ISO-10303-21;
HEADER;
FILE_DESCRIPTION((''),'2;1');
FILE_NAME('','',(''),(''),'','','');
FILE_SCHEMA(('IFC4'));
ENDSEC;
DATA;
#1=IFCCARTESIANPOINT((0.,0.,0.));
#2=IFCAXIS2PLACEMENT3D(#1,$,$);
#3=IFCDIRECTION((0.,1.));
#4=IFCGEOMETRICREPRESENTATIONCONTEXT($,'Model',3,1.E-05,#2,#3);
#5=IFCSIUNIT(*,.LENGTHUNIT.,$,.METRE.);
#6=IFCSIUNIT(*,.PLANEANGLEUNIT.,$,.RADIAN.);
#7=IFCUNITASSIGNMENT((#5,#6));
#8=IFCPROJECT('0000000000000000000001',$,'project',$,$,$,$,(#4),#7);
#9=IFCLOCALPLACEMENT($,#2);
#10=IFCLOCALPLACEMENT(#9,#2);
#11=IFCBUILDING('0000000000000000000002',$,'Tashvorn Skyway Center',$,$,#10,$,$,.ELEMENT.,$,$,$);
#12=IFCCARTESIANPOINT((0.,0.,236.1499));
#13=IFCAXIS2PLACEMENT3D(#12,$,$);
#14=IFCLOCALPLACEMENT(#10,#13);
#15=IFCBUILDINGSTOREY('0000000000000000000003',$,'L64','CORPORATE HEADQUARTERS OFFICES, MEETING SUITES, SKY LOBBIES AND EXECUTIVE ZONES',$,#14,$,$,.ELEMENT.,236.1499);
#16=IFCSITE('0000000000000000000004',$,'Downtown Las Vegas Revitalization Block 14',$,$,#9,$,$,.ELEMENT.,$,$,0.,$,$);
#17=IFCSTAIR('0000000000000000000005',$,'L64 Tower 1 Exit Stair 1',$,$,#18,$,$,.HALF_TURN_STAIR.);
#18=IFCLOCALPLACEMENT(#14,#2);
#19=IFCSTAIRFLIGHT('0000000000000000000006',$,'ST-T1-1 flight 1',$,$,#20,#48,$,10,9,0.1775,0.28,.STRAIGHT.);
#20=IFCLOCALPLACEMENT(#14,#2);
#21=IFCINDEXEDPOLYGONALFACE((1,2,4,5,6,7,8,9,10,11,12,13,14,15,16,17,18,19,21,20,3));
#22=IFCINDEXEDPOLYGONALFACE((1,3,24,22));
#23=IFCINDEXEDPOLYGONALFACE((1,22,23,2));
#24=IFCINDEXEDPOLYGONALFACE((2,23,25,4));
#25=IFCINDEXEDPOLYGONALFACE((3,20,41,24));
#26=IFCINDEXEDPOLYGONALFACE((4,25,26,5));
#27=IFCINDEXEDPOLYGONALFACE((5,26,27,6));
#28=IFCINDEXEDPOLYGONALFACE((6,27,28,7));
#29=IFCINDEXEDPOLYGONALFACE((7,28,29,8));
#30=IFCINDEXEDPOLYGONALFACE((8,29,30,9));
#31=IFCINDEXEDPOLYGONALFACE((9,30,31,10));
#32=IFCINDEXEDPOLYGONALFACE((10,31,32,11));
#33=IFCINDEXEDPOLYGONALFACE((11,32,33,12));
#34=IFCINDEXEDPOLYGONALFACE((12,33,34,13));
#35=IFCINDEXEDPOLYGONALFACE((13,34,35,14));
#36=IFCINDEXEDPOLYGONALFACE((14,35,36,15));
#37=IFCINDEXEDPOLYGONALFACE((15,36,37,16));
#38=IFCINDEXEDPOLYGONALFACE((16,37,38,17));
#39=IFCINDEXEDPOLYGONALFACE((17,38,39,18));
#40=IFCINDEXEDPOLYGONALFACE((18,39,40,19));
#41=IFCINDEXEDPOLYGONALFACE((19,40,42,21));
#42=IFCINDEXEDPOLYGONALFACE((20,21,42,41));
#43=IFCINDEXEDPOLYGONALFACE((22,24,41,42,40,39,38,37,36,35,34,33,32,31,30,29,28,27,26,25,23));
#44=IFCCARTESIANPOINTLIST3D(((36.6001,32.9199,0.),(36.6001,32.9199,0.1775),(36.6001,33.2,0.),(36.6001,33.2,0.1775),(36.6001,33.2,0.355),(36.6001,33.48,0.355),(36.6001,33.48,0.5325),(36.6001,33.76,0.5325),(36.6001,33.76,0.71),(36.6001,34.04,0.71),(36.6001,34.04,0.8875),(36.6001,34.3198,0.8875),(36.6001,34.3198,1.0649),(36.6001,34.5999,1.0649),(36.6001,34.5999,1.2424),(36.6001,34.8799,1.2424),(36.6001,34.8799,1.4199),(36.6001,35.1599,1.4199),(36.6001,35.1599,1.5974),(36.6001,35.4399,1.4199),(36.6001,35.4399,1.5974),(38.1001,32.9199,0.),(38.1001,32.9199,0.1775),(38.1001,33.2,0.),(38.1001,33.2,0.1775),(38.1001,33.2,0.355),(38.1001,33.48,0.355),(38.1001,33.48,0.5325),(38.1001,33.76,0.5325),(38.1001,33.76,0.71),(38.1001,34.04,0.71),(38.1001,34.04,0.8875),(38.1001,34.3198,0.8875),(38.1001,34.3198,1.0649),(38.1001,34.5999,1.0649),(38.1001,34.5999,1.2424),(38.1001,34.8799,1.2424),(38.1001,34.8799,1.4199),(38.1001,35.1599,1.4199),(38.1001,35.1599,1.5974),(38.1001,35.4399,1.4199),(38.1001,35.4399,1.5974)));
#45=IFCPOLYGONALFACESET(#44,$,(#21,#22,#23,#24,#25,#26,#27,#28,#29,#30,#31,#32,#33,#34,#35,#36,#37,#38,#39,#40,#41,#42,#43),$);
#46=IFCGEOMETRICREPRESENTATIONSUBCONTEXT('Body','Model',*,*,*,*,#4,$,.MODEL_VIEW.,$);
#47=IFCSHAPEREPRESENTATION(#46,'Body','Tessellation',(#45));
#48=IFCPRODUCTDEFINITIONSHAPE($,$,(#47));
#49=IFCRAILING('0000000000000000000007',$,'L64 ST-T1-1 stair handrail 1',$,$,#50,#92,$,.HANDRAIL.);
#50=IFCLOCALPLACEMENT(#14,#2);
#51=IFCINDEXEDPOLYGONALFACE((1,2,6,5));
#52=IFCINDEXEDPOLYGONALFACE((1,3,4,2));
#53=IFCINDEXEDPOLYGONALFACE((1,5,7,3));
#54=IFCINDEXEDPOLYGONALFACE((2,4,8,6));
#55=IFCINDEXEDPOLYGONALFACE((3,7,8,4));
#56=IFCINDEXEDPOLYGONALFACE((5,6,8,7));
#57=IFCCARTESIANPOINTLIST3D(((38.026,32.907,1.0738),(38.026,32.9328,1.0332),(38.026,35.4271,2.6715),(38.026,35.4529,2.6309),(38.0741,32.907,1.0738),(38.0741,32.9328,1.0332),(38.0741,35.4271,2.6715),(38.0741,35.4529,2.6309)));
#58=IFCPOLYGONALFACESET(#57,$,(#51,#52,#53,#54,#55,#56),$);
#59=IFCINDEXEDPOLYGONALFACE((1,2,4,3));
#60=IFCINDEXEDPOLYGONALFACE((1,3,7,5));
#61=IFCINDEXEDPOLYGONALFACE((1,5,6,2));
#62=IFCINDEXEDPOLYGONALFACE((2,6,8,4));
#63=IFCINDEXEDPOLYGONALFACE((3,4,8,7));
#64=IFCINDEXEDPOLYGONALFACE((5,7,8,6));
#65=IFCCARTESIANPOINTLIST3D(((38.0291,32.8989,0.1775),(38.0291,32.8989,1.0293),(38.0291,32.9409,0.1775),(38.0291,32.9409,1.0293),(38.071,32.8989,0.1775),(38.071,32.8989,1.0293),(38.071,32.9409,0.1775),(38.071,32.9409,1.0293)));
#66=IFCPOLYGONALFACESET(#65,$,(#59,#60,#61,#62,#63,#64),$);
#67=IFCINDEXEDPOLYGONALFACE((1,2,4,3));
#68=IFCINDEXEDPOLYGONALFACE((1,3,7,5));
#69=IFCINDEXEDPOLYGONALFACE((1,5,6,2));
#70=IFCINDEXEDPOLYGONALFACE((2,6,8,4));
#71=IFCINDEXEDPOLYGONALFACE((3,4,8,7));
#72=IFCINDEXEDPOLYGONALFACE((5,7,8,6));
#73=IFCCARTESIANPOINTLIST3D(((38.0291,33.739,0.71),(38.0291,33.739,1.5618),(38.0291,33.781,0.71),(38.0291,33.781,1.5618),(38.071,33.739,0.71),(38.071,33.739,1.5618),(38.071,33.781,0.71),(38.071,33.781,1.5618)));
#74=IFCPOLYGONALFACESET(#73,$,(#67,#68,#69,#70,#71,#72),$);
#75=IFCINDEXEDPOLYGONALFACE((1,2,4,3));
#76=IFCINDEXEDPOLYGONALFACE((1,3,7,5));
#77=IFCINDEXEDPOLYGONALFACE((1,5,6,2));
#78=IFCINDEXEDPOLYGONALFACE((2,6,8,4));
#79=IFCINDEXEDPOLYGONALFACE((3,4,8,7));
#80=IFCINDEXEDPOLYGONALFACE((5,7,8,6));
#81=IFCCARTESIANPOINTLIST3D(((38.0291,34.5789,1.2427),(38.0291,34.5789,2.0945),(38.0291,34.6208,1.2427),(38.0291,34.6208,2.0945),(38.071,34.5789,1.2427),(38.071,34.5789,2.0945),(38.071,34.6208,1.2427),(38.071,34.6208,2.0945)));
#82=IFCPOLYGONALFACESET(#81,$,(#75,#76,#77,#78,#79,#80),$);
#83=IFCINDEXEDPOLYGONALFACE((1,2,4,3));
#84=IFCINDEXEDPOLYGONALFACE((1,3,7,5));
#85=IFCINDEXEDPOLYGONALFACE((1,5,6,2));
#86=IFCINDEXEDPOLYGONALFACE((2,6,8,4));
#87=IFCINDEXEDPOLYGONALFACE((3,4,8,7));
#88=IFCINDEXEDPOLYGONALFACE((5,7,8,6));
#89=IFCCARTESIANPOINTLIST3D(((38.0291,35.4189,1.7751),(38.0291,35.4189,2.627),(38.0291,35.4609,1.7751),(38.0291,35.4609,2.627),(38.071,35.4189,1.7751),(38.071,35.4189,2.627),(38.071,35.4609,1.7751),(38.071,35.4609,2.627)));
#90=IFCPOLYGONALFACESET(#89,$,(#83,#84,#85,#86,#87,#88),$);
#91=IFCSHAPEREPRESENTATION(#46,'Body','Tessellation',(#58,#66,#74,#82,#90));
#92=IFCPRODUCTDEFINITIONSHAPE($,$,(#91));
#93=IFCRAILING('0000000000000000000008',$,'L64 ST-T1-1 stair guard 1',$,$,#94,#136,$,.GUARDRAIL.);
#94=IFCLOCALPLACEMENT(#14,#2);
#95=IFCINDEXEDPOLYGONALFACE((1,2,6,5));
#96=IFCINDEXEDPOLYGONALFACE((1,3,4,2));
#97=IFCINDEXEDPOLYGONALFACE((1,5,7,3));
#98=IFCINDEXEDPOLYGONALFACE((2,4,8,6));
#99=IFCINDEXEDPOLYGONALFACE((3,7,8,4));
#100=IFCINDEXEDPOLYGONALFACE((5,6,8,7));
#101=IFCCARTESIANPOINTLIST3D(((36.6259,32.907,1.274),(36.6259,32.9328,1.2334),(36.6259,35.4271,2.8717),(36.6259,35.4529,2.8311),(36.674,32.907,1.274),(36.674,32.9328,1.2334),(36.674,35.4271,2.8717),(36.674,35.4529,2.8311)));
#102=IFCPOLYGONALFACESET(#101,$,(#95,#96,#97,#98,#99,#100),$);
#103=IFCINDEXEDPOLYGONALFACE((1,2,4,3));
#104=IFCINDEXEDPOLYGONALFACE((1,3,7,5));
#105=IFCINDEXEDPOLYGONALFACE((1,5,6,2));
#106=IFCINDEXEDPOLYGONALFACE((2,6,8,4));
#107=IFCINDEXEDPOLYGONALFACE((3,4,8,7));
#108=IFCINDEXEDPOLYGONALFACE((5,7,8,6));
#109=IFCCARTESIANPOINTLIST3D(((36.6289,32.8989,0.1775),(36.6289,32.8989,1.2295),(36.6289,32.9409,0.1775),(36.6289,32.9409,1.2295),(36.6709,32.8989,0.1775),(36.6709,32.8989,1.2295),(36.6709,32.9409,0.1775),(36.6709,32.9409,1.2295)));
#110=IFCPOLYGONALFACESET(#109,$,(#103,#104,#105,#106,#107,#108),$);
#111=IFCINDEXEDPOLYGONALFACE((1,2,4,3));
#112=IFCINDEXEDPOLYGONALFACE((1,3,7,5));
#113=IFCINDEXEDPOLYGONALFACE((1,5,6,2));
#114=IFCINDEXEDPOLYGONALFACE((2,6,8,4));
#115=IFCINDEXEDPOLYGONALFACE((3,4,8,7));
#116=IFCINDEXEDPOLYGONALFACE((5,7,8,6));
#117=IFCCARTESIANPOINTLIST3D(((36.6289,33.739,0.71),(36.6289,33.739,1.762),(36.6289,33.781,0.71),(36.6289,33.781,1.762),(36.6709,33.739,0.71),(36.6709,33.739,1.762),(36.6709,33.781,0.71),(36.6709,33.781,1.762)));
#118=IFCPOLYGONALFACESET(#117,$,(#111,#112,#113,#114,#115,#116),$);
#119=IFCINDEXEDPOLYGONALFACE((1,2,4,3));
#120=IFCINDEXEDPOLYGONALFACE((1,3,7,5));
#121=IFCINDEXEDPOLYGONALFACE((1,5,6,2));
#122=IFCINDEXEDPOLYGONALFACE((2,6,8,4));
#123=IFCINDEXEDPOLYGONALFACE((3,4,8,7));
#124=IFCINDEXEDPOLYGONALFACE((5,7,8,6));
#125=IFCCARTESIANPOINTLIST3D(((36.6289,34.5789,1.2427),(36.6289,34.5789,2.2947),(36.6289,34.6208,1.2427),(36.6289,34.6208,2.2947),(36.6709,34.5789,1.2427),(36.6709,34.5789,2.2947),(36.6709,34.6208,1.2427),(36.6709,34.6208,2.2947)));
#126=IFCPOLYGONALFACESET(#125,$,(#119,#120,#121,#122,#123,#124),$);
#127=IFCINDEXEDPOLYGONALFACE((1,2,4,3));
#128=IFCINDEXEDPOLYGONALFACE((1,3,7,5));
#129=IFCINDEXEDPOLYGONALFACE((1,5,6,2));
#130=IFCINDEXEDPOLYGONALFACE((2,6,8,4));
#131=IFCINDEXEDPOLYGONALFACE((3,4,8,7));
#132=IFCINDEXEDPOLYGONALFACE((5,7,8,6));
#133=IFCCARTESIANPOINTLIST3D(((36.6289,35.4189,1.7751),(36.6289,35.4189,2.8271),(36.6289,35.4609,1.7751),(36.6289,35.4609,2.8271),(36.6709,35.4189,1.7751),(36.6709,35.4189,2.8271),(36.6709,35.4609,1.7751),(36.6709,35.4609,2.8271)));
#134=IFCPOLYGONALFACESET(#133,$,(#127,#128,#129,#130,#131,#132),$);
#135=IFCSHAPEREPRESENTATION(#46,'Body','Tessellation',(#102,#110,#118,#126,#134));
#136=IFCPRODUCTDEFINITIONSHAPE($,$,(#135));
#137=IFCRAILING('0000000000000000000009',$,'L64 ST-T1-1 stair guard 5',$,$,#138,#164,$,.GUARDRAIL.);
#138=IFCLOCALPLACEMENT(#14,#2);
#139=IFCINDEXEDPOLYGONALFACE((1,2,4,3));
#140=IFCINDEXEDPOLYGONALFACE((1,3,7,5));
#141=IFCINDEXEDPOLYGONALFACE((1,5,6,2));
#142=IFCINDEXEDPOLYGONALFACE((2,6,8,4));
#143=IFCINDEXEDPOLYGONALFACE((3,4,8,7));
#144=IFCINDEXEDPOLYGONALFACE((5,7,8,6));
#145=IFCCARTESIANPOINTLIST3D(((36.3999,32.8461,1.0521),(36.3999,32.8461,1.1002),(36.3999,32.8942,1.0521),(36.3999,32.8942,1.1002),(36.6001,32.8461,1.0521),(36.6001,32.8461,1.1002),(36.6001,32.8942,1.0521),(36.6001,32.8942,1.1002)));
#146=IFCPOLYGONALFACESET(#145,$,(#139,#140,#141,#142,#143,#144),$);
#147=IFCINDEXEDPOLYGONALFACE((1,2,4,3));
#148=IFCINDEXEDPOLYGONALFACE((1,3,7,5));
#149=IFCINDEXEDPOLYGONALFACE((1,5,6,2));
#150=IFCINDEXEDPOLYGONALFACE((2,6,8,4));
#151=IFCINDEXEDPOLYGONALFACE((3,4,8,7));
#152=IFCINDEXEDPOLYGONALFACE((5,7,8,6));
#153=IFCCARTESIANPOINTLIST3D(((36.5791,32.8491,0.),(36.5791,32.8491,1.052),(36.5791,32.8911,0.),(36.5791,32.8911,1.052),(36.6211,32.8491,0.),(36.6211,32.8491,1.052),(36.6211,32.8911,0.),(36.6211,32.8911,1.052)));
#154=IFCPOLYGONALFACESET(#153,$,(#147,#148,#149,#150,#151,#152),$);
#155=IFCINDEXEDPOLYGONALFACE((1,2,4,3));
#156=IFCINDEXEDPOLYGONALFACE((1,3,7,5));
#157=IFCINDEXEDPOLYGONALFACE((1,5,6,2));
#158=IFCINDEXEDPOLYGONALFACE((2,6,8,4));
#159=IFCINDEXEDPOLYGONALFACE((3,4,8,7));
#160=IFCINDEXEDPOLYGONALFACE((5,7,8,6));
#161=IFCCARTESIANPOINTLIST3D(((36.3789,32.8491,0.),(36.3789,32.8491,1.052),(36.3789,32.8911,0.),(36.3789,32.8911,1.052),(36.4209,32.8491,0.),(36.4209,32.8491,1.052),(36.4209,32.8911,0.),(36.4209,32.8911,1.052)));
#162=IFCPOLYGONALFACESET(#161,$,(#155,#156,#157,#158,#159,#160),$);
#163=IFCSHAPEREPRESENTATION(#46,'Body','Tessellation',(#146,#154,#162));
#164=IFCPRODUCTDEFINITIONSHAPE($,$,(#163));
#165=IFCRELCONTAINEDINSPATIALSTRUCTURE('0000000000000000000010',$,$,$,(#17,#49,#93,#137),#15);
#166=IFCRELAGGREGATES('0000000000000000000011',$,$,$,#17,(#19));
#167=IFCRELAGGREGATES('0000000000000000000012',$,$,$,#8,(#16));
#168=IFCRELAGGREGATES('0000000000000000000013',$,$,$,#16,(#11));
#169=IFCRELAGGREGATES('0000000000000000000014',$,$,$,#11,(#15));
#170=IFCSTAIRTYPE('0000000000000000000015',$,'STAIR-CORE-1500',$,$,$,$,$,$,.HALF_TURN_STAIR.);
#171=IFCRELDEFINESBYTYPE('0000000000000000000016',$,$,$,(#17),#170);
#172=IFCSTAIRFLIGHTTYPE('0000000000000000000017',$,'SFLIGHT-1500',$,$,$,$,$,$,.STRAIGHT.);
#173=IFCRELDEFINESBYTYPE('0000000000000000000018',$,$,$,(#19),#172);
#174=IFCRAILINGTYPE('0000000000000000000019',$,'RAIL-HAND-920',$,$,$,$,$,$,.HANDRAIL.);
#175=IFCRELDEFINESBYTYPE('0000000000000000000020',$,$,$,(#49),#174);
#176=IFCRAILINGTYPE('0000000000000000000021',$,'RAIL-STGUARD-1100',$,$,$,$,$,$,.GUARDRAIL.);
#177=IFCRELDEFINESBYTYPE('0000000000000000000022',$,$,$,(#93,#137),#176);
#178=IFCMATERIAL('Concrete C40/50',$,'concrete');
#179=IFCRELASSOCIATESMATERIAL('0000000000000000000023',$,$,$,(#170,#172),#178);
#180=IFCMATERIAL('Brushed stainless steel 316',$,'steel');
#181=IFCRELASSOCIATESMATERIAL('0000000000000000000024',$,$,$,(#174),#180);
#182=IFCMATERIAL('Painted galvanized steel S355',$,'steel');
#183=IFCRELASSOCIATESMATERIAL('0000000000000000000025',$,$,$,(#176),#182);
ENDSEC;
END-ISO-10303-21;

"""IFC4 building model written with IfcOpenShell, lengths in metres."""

from ifc_helpers import new_model, si_unit, direction, frame, origin, origin_2d, place, context, subcontext, project, spatial, polyline, rectangle, outline, extrude, material, type_object, element, aggregate, save


model = new_model("IFC4")

# Units and contexts
model_context = context("Model", 3, precision=1e-05, world=origin(), true_north=direction((0.0, 1.0)))
body_context = subcontext(model_context, "Body", "Model", "MODEL_VIEW")
ifc_project = project(units=[si_unit("LENGTHUNIT", "METRE"), si_unit("PLANEANGLEUNIT", "RADIAN")], contexts=[model_context])

# Site, building, storey
site_placement = place(None, origin())
site = spatial("IfcSite", under=ifc_project, at=site_placement, Name="Downtown Las Vegas Revitalization Block 14", CompositionType="ELEMENT", RefElevation=0.0)
building_placement = place(site_placement, origin())
building = spatial("IfcBuilding", under=site, at=building_placement, Name="Tashvorn Skyway Center", CompositionType="ELEMENT")
storey_placement = place(building_placement, frame((0.0, 0.0, 236.1499)))
storey = spatial("IfcBuildingStorey", under=building, at=storey_placement, Name="L64", Description="CORPORATE HEADQUARTERS OFFICES, MEETING SUITES, SKY LOBBIES AND EXECUTIVE ZONES", CompositionType="ELEMENT", Elevation=236.1499)

# Shared definitions
ifc_material_1 = material(Name="Concrete C40/50", Category="concrete")

# Stair, stair flight
stair_type = type_object("IfcStairType", Name="STAIR-CORE-1500", PredefinedType="HALF_TURN_STAIR", material=ifc_material_1)
stair_placement = place(storey_placement, origin())
stair = element("IfcStair", 1, at=stair_placement, inside=storey, type_object=stair_type, Name="L64 Tower 1 Exit Stair 1", PredefinedType="HALF_TURN_STAIR")
stair_flight_type = type_object("IfcStairFlightType", Name="SFLIGHT-1500", PredefinedType="STRAIGHT", material=ifc_material_1)
stair_flight_placement = place(storey_placement, frame((37.3501, 32.9199, 0.0), z_axis=(0.0, 0.0, 1.0), x_axis=(0.0, 1.0, 0.0)))
stair_flight = element("IfcStairFlight", 2, at=stair_flight_placement, type_object=stair_flight_type, Name="ST-T1-1 flight 1", NumberOfRisers=10, NumberOfTreads=9, PredefinedType="STRAIGHT", RiserHeight=0.1775, TreadLength=0.28, context=body_context, shape_type="SweptSolid", body=[
    extrude(outline(polyline([(0.0, 0.0), (0.0, 0.1775), (0.28, 0.1775), (0.28, 0.355), (0.5601, 0.355), (0.5601, 0.5325), (0.8401, 0.5325), (0.8401, 0.71), (1.1201, 0.71), (1.1201, 0.8875), (1.3999, 0.8875), (1.3999, 1.0649), (1.6799, 1.0649), (1.6799, 1.2424), (1.96, 1.2424), (1.96, 1.4199), (2.24, 1.4199), (2.24, 1.5974), (2.52, 1.5974), (2.52, 1.7749), (2.52, 1.4199), (0.28, 0.0), (0.0, 0.0)])), frame((0.0, 0.75, 0.0), z_axis=(0.0, -1.0, 0.0), x_axis=(1.0, 0.0, 0.0)), (0.0, 0.0, 1.0), 1.5),
])
aggregate(stair, [stair_flight])

# Railings
ifc_material_2 = material(Name="Brushed stainless steel 316", Category="steel")
railing_type_1 = type_object("IfcRailingType", Name="RAIL-HAND-920", PredefinedType="HANDRAIL", material=ifc_material_2)
railing_1_placement = place(storey_placement, frame((38.05, 32.9199, 0.1775)))
element("IfcRailing", 3, at=railing_1_placement, inside=storey, type_object=railing_type_1, Name="L64 ST-T1-1 stair handrail 1", PredefinedType="HANDRAIL", context=body_context, shape_type="SweptSolid", body=[
    extrude(rectangle(XDim=0.0481, YDim=0.0481, at=origin_2d()), frame((0.0, 0.0, 0.876), z_axis=(0.0, 0.84457, 0.535445), x_axis=(-1.0, 0.0, 0.0)), (0.0, 0.0, 1.0), 2.9839),
    extrude(rectangle(XDim=0.042, YDim=0.042, at=origin_2d()), origin(), (0.0, 0.0, 1.0), 0.8518),
    extrude(rectangle(XDim=0.042, YDim=0.042, at=origin_2d()), frame((0.0, 0.8401, 0.5325)), (0.0, 0.0, 1.0), 0.8518),
    extrude(rectangle(XDim=0.042, YDim=0.042, at=origin_2d()), frame((0.0, 1.6799, 1.0652)), (0.0, 0.0, 1.0), 0.8518),
    extrude(rectangle(XDim=0.042, YDim=0.042, at=origin_2d()), frame((0.0, 2.52, 1.5977)), (0.0, 0.0, 1.0), 0.8518),
])
ifc_material_3 = material(Name="Painted galvanized steel S355", Category="steel")
railing_type_2 = type_object("IfcRailingType", Name="RAIL-STGUARD-1100", PredefinedType="GUARDRAIL", material=ifc_material_3)
railing_2_placement = place(storey_placement, frame((36.6499, 32.9199, 0.1775)))
element("IfcRailing", 4, at=railing_2_placement, inside=storey, type_object=railing_type_2, Name="L64 ST-T1-1 stair guard 1", PredefinedType="GUARDRAIL", context=body_context, shape_type="SweptSolid", body=[
    extrude(rectangle(XDim=0.0481, YDim=0.0481, at=origin_2d()), frame((0.0, 0.0, 1.0762), z_axis=(0.0, 0.84457, 0.535445), x_axis=(-1.0, 0.0, 0.0)), (0.0, 0.0, 1.0), 2.9839),
    extrude(rectangle(XDim=0.042, YDim=0.042, at=origin_2d()), origin(), (0.0, 0.0, 1.0), 1.052),
    extrude(rectangle(XDim=0.042, YDim=0.042, at=origin_2d()), frame((0.0, 0.8401, 0.5325)), (0.0, 0.0, 1.0), 1.052),
    extrude(rectangle(XDim=0.042, YDim=0.042, at=origin_2d()), frame((0.0, 1.6799, 1.0652)), (0.0, 0.0, 1.0), 1.052),
    extrude(rectangle(XDim=0.042, YDim=0.042, at=origin_2d()), frame((0.0, 2.52, 1.5977)), (0.0, 0.0, 1.0), 1.052),
])
railing_3_placement = place(storey_placement, frame((36.6001, 32.8701, 0.0)))
element("IfcRailing", 5, at=railing_3_placement, inside=storey, type_object=railing_type_2, Name="L64 ST-T1-1 stair guard 5", PredefinedType="GUARDRAIL", context=body_context, shape_type="SweptSolid", body=[
    extrude(rectangle(XDim=0.0481, YDim=0.0481, at=origin_2d()), frame((0.0, 0.0, 1.0762), z_axis=(-1.0, 0.0, 0.0), x_axis=(0.0, -1.0, 0.0)), (0.0, 0.0, 1.0), 0.2002),
    extrude(rectangle(XDim=0.042, YDim=0.042, at=origin_2d()), origin(), (0.0, 0.0, 1.0), 1.052),
    extrude(rectangle(XDim=0.042, YDim=0.042, at=origin_2d()), frame((-0.2002, 0.0, 0.0)), (0.0, 0.0, 1.0), 1.052),
])

save(model, "model.ifc")
